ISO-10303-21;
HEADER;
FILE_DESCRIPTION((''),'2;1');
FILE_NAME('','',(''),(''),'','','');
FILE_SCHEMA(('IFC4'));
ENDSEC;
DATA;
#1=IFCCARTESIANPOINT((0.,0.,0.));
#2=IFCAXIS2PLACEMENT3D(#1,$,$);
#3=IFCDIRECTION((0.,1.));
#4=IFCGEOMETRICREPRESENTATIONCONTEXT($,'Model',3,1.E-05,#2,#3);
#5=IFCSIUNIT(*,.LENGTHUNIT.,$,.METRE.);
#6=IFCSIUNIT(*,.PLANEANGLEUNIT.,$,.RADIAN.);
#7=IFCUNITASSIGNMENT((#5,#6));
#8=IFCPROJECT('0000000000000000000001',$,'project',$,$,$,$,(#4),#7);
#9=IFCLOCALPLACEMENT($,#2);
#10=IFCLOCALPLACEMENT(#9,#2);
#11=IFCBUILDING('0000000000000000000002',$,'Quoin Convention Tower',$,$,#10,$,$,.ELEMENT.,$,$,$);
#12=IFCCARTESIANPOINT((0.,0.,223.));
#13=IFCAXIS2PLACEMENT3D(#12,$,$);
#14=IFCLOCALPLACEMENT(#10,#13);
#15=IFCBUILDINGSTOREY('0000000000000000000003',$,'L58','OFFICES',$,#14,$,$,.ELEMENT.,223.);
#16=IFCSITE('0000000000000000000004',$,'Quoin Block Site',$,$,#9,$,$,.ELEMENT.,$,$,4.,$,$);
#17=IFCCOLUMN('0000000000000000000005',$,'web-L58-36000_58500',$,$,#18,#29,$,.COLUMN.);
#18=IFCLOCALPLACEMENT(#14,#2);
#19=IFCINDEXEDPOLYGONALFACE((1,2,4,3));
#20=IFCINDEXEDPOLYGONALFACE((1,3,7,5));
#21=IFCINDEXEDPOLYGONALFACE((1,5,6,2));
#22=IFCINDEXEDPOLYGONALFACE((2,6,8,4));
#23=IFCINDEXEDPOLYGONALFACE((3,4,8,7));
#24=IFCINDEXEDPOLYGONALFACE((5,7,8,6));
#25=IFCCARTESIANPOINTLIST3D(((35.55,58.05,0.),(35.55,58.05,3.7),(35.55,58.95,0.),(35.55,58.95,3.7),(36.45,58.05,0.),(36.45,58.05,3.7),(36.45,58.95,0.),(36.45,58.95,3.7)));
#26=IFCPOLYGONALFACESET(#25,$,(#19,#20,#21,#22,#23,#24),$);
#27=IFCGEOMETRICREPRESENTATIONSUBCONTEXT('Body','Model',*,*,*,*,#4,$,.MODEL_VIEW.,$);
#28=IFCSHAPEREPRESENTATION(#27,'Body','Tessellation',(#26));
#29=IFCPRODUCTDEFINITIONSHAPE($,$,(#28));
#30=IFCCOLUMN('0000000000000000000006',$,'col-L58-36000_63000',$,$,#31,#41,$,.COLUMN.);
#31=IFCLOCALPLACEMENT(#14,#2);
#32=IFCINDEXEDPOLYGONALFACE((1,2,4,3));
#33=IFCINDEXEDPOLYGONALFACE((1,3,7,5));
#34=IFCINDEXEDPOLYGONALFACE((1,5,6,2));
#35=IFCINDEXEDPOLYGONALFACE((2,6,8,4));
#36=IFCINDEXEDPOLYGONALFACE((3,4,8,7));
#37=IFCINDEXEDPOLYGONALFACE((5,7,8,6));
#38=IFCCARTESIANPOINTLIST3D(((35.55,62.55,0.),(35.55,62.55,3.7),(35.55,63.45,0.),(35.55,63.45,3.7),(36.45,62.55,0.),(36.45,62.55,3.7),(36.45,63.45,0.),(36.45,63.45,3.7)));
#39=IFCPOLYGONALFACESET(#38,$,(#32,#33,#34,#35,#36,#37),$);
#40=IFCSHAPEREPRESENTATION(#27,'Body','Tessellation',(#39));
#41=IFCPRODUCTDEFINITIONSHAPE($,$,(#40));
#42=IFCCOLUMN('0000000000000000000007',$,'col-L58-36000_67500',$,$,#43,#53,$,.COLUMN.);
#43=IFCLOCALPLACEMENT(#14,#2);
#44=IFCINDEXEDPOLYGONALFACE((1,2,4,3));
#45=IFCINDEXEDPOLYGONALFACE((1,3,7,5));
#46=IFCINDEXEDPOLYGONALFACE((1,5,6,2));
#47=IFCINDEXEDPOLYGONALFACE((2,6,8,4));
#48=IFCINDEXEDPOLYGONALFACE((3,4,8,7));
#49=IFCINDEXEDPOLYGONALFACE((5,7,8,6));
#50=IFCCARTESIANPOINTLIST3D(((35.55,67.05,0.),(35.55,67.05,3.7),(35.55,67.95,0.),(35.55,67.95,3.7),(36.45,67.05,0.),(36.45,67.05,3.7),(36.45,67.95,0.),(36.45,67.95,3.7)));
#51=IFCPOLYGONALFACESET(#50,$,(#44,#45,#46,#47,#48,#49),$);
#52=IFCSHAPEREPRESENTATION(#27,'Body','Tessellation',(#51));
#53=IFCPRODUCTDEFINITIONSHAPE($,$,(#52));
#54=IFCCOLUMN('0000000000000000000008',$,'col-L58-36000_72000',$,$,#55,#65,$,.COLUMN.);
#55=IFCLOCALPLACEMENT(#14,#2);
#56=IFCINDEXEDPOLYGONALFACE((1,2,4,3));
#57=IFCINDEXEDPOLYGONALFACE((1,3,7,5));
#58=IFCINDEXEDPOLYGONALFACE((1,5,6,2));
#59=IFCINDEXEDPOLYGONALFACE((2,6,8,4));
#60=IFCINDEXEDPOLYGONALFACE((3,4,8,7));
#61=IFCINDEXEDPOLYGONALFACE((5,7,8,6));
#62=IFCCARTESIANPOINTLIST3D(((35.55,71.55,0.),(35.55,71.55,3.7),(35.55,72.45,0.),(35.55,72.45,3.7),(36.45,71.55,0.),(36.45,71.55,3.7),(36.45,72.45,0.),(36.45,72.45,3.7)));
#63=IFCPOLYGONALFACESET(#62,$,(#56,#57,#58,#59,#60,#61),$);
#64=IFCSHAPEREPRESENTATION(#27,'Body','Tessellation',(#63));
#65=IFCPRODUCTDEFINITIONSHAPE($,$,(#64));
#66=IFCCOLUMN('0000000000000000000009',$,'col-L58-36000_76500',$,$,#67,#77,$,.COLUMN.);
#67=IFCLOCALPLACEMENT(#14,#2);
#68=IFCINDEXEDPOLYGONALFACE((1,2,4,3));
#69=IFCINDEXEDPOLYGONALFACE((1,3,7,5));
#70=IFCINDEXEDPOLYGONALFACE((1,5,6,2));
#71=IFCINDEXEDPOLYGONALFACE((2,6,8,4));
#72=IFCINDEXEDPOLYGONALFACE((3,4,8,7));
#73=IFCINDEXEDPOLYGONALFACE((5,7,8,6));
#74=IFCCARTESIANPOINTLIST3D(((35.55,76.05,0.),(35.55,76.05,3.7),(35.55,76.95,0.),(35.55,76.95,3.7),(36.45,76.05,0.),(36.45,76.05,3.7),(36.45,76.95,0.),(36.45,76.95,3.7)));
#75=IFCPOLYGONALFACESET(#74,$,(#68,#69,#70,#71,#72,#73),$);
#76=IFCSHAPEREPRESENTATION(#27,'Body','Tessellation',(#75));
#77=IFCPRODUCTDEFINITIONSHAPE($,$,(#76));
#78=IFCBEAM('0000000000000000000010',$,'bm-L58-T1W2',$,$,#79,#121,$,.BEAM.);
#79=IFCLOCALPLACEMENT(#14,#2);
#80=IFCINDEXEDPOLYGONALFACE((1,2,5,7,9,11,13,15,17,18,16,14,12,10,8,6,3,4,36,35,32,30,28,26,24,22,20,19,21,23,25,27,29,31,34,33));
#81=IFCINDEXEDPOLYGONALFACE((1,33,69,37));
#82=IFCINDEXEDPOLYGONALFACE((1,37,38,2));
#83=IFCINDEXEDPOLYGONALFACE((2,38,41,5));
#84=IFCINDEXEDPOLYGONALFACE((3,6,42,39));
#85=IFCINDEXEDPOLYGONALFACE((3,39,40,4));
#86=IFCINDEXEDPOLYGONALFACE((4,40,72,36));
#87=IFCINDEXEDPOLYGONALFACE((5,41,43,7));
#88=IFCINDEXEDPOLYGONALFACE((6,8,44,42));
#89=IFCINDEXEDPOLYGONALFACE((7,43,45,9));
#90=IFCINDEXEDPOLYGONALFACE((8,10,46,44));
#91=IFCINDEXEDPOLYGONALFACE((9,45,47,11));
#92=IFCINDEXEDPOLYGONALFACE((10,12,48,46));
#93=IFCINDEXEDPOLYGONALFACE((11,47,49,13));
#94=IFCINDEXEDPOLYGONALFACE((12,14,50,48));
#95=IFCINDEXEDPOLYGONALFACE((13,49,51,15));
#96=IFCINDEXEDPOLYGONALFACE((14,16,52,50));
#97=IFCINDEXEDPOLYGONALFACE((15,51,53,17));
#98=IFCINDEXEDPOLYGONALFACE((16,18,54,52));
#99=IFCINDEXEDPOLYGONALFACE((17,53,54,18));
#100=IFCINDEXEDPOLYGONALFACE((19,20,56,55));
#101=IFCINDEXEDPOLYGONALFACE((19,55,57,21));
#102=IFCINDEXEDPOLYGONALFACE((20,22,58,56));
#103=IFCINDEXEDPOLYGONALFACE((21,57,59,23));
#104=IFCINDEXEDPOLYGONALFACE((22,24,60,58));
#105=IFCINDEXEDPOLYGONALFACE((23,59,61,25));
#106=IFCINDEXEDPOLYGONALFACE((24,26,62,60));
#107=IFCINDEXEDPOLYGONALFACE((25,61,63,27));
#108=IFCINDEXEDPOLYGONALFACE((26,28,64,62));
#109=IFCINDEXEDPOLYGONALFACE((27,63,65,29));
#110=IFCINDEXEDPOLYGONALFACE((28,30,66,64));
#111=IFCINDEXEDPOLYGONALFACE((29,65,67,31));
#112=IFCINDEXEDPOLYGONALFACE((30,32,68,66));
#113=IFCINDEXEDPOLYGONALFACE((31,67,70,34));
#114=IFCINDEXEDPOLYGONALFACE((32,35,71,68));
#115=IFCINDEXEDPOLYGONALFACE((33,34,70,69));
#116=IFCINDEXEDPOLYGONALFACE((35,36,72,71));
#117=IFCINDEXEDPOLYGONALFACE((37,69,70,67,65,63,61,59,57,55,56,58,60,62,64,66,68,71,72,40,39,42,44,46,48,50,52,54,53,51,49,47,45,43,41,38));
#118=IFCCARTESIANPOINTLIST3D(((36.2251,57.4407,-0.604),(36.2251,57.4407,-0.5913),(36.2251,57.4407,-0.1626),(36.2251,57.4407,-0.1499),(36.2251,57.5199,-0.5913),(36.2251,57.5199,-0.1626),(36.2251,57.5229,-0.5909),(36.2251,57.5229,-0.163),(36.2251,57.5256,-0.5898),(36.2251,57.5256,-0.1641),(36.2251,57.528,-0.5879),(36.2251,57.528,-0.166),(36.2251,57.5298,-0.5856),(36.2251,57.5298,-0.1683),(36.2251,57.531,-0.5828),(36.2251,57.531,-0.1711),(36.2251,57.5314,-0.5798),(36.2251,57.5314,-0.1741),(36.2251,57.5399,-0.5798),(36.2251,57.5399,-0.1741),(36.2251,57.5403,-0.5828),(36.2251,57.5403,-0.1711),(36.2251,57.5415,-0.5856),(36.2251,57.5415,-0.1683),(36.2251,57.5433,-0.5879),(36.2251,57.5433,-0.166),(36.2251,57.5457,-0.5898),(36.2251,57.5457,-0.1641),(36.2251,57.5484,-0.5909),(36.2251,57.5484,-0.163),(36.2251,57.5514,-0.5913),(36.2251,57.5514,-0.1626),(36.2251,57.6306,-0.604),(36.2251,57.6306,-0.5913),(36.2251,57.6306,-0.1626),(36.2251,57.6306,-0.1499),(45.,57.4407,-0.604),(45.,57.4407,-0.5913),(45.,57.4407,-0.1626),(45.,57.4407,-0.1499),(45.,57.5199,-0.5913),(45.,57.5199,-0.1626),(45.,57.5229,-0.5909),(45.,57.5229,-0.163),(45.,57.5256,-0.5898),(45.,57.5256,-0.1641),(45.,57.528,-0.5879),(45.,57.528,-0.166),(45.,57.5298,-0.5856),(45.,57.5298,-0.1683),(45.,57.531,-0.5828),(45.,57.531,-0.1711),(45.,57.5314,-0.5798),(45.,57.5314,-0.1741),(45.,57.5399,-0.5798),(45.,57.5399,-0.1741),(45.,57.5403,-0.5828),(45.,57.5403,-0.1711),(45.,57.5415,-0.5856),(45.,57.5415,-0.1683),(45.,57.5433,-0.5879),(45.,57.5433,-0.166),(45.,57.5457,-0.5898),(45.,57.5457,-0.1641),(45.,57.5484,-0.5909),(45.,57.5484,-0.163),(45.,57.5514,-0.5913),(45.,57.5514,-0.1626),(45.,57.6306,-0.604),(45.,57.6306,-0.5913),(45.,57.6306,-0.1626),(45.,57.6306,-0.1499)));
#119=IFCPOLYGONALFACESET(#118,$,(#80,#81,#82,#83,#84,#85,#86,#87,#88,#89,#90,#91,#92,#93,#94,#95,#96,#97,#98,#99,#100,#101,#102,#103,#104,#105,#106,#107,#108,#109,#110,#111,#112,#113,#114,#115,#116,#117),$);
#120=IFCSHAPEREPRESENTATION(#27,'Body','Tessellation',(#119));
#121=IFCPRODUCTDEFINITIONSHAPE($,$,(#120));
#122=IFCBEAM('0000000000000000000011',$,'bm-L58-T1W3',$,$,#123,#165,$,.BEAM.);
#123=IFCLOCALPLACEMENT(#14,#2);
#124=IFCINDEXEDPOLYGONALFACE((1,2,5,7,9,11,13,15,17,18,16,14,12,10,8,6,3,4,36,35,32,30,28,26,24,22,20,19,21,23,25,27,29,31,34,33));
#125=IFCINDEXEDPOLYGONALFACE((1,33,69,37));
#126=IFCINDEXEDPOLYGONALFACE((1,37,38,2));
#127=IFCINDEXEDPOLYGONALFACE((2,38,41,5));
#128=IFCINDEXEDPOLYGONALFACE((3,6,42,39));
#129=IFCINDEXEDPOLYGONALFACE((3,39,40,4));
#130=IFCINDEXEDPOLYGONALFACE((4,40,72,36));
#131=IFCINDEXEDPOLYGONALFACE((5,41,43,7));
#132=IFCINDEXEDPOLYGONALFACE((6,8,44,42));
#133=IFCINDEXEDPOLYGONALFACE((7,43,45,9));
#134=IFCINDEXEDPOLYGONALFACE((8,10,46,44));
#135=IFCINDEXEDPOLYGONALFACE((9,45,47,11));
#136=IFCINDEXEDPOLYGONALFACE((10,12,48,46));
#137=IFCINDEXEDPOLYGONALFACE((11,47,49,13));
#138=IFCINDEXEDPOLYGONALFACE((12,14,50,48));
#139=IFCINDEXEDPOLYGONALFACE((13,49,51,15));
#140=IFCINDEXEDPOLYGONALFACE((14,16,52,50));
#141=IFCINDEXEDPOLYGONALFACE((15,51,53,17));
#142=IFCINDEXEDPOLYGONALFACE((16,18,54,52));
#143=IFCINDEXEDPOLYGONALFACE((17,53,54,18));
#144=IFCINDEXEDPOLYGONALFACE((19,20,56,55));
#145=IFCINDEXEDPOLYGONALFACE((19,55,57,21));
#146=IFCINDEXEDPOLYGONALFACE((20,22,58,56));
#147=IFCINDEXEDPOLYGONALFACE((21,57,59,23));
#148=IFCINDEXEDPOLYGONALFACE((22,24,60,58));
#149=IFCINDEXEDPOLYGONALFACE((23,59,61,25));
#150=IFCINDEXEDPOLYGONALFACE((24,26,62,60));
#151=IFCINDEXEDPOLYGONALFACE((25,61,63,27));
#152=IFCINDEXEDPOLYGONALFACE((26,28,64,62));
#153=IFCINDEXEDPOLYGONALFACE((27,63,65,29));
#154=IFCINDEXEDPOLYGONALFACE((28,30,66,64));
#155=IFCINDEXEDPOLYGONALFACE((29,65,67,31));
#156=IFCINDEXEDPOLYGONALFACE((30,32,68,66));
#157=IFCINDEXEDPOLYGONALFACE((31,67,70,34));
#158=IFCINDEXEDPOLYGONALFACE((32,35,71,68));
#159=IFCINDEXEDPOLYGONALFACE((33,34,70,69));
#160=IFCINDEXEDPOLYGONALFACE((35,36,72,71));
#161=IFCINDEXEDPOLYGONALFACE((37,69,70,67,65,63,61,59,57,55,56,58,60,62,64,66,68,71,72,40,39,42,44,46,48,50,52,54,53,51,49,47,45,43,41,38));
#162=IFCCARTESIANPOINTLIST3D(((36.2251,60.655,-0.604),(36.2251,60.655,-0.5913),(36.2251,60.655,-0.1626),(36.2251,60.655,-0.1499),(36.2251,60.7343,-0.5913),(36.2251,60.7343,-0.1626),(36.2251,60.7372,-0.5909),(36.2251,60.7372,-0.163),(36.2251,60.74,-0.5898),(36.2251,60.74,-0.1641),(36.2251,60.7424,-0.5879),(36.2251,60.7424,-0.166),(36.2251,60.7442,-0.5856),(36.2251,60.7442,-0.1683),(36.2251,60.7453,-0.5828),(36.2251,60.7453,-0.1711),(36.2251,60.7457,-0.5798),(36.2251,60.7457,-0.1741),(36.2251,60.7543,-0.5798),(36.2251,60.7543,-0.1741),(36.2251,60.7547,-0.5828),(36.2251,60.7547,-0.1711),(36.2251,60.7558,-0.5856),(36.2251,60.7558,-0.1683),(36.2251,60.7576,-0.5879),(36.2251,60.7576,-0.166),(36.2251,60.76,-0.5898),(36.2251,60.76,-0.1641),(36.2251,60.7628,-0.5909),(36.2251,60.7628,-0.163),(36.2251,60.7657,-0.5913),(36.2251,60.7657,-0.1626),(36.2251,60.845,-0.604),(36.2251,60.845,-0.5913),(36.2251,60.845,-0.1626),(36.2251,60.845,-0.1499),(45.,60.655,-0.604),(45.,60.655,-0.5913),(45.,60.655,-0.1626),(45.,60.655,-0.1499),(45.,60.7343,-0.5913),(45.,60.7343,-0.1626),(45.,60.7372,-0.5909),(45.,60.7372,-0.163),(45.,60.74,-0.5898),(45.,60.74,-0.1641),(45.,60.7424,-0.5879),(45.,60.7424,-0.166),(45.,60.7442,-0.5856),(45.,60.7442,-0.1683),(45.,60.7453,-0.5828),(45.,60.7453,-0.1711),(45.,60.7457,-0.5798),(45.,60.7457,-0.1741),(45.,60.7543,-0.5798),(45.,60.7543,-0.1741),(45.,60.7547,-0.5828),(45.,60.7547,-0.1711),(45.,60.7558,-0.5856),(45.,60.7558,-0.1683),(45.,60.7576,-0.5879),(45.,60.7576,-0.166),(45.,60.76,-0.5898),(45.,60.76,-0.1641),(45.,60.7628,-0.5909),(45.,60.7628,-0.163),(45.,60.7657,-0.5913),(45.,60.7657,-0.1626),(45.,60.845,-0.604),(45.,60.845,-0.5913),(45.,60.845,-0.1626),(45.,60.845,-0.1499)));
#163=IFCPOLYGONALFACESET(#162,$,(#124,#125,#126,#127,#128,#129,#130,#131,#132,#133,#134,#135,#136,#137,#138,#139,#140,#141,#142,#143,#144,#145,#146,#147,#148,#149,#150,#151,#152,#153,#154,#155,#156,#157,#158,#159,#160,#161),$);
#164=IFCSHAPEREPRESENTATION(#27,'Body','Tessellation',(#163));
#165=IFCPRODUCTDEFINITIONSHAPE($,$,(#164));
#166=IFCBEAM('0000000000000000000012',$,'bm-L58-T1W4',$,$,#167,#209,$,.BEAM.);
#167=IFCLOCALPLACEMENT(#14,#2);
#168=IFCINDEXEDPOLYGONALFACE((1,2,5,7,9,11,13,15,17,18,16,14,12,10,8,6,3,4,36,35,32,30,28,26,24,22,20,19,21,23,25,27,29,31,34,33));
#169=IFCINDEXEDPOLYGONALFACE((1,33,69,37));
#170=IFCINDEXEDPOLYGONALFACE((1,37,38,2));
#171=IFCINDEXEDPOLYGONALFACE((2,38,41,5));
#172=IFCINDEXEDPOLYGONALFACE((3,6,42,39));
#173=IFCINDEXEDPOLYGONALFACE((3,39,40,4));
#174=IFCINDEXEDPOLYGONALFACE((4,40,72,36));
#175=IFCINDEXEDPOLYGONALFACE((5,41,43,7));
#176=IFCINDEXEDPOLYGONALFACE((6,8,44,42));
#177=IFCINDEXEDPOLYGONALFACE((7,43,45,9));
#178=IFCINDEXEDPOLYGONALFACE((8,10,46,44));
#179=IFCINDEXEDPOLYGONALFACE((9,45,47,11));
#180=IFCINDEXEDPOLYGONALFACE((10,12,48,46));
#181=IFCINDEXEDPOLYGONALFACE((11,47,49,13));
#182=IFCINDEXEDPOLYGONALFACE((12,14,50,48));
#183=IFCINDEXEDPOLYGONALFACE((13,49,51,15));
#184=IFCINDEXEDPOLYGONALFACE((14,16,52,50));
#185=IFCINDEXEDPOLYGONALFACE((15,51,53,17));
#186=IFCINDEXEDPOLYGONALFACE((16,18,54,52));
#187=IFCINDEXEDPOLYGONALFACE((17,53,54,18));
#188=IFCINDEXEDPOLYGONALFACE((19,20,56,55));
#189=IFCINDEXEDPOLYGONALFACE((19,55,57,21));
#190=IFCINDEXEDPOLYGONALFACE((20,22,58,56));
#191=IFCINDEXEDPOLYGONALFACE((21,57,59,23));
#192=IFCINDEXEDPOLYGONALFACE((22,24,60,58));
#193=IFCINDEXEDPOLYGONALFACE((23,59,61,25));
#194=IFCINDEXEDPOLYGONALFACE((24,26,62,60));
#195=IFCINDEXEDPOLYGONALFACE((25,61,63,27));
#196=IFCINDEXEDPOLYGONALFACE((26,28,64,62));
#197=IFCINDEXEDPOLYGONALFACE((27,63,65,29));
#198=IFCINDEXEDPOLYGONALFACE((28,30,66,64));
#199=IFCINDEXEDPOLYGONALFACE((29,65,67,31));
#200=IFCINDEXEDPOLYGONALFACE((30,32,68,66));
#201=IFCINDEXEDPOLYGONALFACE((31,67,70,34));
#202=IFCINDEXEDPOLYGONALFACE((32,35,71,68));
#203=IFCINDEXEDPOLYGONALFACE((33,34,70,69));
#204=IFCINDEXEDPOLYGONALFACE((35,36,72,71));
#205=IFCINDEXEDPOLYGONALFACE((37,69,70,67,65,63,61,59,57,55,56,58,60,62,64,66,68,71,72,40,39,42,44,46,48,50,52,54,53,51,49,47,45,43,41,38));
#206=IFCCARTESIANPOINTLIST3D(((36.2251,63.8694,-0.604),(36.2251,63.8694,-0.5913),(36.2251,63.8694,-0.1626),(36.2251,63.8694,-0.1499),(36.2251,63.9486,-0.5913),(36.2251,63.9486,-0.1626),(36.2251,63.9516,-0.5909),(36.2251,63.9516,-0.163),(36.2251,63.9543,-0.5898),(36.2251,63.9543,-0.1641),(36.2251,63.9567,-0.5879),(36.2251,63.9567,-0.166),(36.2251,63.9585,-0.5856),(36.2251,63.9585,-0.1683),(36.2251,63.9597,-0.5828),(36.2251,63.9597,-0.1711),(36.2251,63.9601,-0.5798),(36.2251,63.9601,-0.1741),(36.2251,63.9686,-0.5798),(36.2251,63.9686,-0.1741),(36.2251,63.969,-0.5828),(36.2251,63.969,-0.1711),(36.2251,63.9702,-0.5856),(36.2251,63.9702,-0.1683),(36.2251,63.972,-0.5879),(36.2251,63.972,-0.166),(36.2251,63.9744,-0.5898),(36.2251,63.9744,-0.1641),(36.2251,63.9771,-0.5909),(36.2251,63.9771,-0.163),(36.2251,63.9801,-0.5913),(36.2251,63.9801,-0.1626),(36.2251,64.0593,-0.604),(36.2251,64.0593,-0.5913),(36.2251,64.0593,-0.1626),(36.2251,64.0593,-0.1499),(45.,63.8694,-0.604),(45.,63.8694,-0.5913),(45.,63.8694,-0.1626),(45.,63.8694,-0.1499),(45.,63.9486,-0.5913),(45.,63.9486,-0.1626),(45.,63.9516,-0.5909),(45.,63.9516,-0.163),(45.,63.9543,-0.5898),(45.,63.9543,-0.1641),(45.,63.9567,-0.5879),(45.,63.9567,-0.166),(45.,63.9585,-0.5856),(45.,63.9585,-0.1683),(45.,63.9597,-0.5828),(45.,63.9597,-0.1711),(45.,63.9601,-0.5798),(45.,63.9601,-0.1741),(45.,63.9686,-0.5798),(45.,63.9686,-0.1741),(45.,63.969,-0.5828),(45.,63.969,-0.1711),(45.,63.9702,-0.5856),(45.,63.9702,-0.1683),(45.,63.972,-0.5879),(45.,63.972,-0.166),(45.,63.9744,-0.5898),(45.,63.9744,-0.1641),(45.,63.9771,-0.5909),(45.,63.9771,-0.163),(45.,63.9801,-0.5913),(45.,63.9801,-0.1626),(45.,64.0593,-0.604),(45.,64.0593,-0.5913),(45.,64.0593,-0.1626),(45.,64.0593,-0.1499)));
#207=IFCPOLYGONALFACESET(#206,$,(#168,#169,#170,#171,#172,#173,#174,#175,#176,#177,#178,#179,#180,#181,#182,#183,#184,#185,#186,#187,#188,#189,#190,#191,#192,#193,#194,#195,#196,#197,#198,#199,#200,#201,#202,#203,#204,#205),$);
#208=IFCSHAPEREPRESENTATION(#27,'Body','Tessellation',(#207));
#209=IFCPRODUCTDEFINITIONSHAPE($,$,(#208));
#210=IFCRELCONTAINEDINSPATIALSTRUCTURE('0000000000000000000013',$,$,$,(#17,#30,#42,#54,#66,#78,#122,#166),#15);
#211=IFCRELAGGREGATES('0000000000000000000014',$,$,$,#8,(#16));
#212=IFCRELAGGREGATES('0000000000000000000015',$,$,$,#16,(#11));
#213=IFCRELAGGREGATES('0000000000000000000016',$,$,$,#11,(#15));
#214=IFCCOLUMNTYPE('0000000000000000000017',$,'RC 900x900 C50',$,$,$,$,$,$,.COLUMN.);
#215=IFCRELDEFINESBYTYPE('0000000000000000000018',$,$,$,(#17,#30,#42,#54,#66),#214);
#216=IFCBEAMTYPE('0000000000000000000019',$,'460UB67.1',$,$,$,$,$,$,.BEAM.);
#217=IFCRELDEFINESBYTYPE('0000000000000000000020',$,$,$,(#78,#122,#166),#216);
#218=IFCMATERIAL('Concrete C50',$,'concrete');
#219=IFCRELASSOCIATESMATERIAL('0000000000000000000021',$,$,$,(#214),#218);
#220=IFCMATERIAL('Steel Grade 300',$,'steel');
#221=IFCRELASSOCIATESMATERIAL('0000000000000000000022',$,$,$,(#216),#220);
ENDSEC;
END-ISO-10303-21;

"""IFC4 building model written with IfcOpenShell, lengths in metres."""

from ifc_helpers import new_model, si_unit, direction, frame, origin, origin_2d, place, context, subcontext, project, spatial, rectangle, i_section, extrude, material, material_profile, profile_set, type_object, element, save


model = new_model("IFC4")

# Units and contexts
model_context = context("Model", 3, precision=1e-05, world=origin(), true_north=direction((0.0, 1.0)))
body_context = subcontext(model_context, "Body", "Model", "MODEL_VIEW")
ifc_project = project(units=[si_unit("LENGTHUNIT", "METRE"), si_unit("PLANEANGLEUNIT", "RADIAN")], contexts=[model_context])

# Site, building, storey
site_placement = place(None, origin())
site = spatial("IfcSite", under=ifc_project, at=site_placement, Name="Quoin Block Site", CompositionType="ELEMENT", RefElevation=4.0)
building_placement = place(site_placement, origin())
building = spatial("IfcBuilding", under=site, at=building_placement, Name="Quoin Convention Tower", CompositionType="ELEMENT")
storey_placement = place(building_placement, frame((0.0, 0.0, 223.0)))
storey = spatial("IfcBuildingStorey", under=building, at=storey_placement, Name="L58", Description="OFFICES", CompositionType="ELEMENT", Elevation=223.0)

# Columns
ifc_material_1 = material(Name="Concrete C50", Category="concrete")
ifc_material_profile_1 = material_profile(ifc_material_1, rectangle(XDim=0.8999, YDim=0.8999, at=origin_2d()), Name="RC 900x900")
ifc_profile_set_1 = profile_set([ifc_material_profile_1], Name="Concrete C50")
column_type = type_object("IfcColumnType", Name="RC 900x900 C50", PredefinedType="COLUMN", material=ifc_profile_set_1)
for number, where, z_axis, x_axis, name in (
    (1, (36.0, 58.5, 0.0), (0.0, 0.0, 1.0), (1.0, 0.0, 0.0), "web-L58-36000_58500"),
    (2, (36.0, 63.0, 0.0), (0.0, 0.0, 1.0), (1.0, 0.0, 0.0), "col-L58-36000_63000"),
    (3, (36.0, 67.5, 0.0), (0.0, 0.0, 1.0), (1.0, 0.0, 0.0), "col-L58-36000_67500"),
    (4, (36.0, 72.0, 0.0), (0.0, 0.0, 1.0), (1.0, 0.0, 0.0), "col-L58-36000_72000"),
    (5, (36.0, 76.5, 0.0), (0.0, 0.0, 1.0), (1.0, 0.0, 0.0), "col-L58-36000_76500"),
):
    element("IfcColumn", number, at=place(storey_placement, frame(where, z_axis=z_axis, x_axis=x_axis)), inside=storey, type_object=column_type, Name=name, PredefinedType="COLUMN", context=body_context, shape_type="SweptSolid", body=[
        extrude(rectangle(XDim=0.8999, YDim=0.8999, at=origin_2d()), origin(), (0.0, 0.0, 1.0), 3.7),
    ])

# Beams
ifc_material_2 = material(Name="Steel Grade 300", Category="steel")
ifc_material_profile_2 = material_profile(ifc_material_2, i_section(OverallWidth=0.1899, OverallDepth=0.4541, WebThickness=0.0085, FlangeThickness=0.0127, FilletRadius=0.0115, at=origin_2d()), Name="460UB67.1")
ifc_profile_set_2 = profile_set([ifc_material_profile_2], Name="Steel Grade 300")
beam_type_1 = type_object("IfcBeamType", Name="460UB67.1", PredefinedType="BEAM", material=ifc_profile_set_2)
for number, where, z_axis, x_axis, name in (
    (6, (36.2251, 57.5356, -0.377), (1.0, 0.0, 0.0), (0.0, 1.0, 0.0), "bm-L58-T1W2"),
    (7, (36.2251, 60.75, -0.377), (1.0, 0.0, 0.0), (0.0, 1.0, 0.0), "bm-L58-T1W3"),
    (8, (36.2251, 63.9644, -0.377), (1.0, 0.0, 0.0), (0.0, 1.0, 0.0), "bm-L58-T1W4"),
):
    element("IfcBeam", number, at=place(storey_placement, frame(where, z_axis=z_axis, x_axis=x_axis)), inside=storey, type_object=beam_type_1, Name=name, PredefinedType="BEAM", context=body_context, shape_type="SweptSolid", body=[
        extrude(i_section(OverallWidth=0.1899, OverallDepth=0.4541, WebThickness=0.0085, FlangeThickness=0.0127, FilletRadius=0.0115, at=origin_2d()), origin(), (0.0, 0.0, 1.0), 8.7749),
    ])

save(model, "model.ifc")
